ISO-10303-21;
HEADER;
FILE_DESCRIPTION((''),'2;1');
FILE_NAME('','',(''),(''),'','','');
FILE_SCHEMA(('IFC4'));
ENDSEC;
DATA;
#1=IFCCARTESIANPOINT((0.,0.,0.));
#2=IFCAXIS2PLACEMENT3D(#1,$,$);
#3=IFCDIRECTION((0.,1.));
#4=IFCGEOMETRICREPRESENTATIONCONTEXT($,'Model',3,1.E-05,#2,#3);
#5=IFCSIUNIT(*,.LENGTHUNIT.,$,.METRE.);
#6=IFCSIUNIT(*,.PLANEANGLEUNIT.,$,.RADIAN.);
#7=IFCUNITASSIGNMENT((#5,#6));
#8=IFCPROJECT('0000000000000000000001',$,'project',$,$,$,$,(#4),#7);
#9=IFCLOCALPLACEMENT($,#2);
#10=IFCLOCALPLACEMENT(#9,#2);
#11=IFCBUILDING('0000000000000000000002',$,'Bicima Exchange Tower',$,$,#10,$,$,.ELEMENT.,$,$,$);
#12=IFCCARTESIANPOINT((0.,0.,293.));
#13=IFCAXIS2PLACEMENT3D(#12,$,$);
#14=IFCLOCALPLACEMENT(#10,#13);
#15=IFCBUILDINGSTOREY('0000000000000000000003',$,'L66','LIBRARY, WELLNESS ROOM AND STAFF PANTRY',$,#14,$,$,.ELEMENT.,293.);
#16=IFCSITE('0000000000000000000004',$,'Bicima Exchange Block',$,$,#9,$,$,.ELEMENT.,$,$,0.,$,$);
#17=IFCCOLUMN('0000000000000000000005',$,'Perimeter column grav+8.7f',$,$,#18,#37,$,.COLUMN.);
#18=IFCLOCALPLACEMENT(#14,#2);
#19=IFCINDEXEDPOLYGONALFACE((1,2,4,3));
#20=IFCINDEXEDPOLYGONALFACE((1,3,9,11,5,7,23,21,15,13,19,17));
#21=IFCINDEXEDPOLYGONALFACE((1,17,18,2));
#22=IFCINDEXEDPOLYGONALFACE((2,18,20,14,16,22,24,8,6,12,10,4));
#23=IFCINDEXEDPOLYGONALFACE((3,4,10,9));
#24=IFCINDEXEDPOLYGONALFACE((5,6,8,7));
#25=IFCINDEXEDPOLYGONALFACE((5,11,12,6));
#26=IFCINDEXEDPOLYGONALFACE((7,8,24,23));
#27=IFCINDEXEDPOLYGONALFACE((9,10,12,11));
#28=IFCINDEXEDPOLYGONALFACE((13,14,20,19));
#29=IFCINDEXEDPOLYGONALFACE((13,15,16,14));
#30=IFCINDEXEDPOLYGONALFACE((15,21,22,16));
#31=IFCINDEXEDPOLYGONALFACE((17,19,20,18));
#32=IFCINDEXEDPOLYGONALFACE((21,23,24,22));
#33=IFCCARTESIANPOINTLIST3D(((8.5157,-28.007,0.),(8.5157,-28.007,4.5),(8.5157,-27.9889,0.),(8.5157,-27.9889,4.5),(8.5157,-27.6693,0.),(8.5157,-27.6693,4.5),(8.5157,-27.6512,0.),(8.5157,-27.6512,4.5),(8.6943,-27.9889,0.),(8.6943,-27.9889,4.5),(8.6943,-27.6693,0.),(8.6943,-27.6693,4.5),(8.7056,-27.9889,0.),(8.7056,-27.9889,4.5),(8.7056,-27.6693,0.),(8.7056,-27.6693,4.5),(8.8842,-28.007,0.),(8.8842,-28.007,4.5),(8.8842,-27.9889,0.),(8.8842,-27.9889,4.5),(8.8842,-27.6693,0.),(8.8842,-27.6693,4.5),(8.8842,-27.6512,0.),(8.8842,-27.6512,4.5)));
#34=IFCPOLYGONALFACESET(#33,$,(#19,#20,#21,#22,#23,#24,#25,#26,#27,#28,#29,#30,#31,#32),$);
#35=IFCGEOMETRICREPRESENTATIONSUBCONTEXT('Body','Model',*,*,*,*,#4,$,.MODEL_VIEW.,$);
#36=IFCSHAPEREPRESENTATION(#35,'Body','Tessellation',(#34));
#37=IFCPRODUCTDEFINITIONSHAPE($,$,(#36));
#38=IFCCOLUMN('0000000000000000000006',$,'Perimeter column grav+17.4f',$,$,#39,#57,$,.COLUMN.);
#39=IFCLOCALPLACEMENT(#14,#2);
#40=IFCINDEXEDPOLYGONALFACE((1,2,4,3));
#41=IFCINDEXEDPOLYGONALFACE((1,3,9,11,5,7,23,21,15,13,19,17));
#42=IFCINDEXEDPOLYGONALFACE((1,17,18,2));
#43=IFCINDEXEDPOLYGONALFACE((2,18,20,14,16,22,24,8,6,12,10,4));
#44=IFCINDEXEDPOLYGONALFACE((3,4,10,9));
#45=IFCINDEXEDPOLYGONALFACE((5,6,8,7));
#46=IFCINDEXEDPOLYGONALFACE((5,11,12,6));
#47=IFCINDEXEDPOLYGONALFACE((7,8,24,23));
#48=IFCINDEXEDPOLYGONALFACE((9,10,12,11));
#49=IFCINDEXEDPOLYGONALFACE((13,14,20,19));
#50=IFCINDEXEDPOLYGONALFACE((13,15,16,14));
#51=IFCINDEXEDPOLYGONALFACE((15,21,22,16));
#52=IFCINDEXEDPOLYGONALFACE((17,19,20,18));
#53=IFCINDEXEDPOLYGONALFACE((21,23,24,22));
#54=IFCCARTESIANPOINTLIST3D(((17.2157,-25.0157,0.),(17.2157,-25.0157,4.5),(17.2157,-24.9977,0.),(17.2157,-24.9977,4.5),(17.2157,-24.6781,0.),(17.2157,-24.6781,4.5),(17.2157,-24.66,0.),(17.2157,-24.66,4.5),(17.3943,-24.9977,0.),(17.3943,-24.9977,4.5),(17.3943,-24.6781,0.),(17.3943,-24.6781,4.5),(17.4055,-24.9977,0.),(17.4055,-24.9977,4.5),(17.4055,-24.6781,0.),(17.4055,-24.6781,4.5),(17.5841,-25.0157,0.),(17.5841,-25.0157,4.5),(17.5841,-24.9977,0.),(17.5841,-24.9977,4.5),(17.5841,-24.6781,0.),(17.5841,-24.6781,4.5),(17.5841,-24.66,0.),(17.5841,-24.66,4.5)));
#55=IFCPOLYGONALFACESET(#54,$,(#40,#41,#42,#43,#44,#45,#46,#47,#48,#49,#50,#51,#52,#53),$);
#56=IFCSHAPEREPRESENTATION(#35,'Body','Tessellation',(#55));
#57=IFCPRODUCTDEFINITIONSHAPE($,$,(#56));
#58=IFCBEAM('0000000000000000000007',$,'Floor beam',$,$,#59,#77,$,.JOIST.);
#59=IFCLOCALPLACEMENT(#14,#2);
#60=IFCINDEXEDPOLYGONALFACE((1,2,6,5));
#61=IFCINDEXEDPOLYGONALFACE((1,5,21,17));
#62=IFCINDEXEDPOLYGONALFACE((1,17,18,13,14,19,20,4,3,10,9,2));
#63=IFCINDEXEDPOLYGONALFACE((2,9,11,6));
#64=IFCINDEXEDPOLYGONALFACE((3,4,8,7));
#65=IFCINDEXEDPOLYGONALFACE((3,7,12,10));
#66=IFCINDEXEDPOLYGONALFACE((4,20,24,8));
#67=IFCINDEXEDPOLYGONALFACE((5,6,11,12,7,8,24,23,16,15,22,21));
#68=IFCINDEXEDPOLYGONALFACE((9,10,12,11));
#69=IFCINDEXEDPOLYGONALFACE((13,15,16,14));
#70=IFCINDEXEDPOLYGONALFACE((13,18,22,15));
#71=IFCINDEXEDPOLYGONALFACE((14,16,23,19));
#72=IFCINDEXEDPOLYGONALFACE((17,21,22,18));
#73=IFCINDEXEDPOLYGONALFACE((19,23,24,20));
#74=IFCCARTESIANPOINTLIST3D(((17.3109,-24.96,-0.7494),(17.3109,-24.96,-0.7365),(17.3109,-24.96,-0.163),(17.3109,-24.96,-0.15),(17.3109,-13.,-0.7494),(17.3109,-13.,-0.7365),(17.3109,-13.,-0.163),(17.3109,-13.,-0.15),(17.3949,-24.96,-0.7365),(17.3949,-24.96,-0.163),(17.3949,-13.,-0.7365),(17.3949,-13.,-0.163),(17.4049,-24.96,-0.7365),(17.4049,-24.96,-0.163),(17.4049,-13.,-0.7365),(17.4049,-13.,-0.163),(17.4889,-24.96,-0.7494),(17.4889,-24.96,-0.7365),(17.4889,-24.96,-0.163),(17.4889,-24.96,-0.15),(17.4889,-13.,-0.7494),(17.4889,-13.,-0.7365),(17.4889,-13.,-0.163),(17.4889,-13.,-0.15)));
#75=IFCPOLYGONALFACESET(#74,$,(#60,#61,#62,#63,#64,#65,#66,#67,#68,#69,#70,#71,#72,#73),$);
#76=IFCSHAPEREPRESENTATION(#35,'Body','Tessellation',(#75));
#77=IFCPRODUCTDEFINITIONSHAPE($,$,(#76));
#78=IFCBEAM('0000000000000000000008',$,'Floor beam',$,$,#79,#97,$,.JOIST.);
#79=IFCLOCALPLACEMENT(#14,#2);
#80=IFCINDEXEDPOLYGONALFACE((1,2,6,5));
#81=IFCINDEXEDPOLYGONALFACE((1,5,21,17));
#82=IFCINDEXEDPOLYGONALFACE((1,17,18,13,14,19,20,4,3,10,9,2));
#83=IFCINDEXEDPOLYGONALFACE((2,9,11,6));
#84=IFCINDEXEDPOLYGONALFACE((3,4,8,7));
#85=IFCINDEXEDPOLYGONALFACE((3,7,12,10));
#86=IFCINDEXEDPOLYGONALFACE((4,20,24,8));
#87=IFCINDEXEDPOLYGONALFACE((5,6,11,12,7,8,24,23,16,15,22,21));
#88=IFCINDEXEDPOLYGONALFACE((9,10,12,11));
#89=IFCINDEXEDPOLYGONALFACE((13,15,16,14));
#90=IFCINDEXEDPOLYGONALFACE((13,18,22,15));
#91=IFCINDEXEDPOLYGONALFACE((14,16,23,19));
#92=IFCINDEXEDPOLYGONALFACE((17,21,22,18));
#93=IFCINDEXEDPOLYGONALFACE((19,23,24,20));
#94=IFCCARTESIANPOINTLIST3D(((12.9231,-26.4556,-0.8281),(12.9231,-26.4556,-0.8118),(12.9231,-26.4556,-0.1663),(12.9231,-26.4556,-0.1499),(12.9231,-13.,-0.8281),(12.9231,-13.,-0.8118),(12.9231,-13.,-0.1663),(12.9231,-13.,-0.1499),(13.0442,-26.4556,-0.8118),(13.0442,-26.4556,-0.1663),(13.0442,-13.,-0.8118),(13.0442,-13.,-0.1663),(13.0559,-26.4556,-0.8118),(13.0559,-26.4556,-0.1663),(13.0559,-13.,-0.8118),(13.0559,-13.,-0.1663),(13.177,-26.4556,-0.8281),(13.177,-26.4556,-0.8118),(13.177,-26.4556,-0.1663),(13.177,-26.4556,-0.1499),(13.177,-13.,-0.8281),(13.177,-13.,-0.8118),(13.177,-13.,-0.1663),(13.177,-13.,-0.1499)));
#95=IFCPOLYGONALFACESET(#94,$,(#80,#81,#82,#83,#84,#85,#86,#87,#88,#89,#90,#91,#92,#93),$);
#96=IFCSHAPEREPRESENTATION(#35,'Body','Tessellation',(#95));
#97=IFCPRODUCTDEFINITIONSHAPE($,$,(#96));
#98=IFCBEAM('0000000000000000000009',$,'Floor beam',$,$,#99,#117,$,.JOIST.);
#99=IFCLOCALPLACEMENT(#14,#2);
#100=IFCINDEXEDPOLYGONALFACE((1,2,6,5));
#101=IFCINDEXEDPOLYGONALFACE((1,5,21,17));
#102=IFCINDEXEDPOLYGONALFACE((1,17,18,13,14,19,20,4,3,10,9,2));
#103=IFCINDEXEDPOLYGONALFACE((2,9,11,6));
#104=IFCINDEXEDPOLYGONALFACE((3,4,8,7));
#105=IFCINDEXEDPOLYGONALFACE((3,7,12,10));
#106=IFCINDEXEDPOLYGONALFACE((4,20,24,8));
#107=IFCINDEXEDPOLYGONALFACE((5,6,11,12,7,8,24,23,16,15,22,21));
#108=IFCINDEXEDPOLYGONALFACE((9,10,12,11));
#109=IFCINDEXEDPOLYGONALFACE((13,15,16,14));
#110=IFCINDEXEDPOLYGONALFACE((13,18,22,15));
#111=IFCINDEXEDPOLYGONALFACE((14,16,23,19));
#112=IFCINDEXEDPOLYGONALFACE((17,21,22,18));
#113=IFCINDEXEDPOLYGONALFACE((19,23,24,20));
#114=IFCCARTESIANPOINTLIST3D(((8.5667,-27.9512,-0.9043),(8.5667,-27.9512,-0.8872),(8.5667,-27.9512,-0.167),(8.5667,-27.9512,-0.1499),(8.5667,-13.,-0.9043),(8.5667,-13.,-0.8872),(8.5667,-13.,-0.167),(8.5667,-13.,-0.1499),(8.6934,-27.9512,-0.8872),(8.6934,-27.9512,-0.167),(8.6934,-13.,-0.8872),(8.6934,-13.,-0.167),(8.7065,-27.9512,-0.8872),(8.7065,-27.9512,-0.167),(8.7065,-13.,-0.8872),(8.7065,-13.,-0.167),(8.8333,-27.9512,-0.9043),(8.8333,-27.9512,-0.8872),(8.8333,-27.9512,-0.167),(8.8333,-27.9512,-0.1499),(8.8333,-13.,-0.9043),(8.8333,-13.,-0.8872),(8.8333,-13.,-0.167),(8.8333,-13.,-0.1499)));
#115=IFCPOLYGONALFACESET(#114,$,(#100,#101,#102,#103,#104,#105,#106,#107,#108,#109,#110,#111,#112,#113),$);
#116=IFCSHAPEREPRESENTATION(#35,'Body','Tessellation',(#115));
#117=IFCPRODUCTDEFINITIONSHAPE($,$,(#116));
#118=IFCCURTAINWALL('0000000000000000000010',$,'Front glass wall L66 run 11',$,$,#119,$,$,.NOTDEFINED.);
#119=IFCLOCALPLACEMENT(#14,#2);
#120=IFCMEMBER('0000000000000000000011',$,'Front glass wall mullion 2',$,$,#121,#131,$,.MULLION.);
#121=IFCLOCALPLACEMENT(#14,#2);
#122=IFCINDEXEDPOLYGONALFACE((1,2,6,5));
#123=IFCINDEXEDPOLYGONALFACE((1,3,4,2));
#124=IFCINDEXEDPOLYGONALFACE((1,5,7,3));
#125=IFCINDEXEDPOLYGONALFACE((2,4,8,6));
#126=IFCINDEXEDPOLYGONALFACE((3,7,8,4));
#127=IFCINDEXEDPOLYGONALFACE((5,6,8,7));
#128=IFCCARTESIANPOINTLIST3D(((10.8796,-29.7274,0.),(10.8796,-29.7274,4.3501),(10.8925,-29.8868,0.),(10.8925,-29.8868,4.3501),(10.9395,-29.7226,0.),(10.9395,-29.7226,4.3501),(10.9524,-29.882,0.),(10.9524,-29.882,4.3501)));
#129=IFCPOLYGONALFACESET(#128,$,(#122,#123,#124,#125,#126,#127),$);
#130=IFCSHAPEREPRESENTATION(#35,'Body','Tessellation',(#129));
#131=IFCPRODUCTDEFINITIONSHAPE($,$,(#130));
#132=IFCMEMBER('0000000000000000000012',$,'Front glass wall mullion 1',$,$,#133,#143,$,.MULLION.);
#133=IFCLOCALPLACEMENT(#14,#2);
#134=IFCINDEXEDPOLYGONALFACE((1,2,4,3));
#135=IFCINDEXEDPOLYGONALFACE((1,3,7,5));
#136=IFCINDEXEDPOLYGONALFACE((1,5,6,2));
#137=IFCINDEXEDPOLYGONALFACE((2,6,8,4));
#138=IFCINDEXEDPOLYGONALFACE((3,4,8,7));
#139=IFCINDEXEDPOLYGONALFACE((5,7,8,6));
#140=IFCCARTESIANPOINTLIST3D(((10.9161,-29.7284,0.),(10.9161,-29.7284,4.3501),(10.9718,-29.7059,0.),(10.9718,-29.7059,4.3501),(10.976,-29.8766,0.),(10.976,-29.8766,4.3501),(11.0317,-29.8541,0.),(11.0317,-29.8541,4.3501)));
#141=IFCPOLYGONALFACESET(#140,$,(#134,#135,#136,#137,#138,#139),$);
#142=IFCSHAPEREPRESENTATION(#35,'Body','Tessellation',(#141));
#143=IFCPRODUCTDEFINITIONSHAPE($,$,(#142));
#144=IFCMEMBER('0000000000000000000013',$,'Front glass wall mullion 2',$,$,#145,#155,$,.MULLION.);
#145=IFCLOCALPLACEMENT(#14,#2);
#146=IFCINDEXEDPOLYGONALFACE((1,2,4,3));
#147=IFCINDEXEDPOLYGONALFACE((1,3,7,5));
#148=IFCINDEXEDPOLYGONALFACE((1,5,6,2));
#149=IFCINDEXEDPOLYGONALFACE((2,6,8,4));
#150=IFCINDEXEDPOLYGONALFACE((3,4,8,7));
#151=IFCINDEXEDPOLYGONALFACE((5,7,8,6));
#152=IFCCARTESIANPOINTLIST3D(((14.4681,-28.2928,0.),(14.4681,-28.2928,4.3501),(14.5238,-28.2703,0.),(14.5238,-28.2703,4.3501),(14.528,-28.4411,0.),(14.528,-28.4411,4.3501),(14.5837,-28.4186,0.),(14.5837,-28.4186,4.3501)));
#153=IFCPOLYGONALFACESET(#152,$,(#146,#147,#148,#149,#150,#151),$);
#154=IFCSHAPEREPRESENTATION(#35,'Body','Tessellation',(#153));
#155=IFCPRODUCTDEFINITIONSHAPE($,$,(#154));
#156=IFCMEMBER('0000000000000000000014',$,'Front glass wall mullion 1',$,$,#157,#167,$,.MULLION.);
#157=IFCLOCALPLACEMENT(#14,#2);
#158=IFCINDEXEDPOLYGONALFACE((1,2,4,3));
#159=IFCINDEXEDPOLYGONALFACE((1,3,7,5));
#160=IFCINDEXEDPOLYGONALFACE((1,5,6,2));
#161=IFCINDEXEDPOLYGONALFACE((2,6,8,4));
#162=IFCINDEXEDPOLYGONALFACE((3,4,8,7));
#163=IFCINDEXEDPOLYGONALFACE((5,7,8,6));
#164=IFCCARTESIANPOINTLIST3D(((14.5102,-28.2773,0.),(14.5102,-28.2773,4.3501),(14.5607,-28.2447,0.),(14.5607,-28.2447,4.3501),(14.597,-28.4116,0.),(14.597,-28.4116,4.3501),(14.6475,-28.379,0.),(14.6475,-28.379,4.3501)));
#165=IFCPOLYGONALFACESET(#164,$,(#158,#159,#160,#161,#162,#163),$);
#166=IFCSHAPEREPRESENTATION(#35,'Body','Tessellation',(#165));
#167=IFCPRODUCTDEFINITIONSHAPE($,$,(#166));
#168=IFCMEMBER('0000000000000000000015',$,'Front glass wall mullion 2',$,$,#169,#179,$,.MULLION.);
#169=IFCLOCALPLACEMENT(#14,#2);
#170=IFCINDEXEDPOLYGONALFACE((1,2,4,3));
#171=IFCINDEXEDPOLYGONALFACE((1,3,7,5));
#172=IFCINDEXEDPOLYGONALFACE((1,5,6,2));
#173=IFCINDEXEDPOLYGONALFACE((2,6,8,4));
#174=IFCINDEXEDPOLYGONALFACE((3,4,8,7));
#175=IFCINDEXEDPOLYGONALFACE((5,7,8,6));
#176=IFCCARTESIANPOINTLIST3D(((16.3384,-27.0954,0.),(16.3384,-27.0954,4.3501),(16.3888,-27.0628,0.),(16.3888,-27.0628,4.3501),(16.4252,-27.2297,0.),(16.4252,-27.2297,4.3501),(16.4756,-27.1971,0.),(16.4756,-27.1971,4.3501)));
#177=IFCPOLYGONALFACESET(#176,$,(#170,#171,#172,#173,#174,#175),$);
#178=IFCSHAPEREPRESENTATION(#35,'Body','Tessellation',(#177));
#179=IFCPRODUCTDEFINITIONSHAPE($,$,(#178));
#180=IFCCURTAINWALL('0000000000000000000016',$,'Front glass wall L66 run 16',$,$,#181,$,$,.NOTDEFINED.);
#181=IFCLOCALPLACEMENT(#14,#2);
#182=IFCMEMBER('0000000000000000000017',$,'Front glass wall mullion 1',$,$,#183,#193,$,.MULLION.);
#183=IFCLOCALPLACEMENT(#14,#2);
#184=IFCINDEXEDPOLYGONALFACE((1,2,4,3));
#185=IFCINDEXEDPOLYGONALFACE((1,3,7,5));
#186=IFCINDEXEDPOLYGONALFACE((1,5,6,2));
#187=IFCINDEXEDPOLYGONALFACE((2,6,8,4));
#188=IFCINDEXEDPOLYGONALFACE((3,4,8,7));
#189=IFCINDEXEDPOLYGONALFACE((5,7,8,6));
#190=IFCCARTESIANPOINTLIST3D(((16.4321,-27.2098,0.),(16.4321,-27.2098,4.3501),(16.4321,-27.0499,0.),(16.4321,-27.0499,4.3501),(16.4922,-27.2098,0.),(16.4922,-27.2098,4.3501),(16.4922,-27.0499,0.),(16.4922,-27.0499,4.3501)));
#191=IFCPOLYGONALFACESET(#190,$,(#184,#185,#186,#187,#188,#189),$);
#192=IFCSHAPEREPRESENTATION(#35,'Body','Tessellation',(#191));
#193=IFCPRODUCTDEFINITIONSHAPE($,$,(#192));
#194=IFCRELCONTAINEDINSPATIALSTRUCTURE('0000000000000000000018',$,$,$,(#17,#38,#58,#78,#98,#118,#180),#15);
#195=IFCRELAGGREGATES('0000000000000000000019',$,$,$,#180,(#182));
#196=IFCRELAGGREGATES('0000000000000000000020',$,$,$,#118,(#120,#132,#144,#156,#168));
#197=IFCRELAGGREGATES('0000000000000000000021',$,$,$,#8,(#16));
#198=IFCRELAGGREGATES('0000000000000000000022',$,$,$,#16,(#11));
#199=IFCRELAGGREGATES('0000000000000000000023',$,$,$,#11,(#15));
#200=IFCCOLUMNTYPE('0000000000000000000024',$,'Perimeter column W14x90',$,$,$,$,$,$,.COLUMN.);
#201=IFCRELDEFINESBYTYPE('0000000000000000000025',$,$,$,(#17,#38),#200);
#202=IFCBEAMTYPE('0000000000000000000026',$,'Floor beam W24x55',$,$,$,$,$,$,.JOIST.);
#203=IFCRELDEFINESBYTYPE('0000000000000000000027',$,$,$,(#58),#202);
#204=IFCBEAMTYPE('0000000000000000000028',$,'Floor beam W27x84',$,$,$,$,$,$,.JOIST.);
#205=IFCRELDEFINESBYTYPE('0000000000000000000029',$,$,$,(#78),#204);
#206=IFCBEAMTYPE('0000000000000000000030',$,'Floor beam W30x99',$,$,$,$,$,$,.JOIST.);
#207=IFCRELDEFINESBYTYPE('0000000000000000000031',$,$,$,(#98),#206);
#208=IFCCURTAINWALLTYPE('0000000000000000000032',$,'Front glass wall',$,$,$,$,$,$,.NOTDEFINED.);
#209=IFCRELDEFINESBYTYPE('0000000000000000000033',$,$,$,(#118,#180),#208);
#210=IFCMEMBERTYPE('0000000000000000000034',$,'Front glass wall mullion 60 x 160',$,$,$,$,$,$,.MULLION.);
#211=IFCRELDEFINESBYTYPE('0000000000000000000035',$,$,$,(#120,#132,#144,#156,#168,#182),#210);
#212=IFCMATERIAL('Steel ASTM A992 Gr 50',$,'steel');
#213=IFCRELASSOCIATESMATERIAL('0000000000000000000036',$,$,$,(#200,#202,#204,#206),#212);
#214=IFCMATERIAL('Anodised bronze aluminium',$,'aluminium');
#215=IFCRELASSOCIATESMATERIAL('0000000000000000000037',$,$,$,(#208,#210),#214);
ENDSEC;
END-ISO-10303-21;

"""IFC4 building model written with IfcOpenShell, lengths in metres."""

from ifc_helpers import new_model, si_unit, direction, frame, origin, origin_2d, place, context, subcontext, project, spatial, rectangle, i_section, extrude, material, material_profile, profile_set, type_object, element, aggregate, save


model = new_model("IFC4")

# Units and contexts
model_context = context("Model", 3, precision=1e-05, world=origin(), true_north=direction((0.0, 1.0)))
body_context = subcontext(model_context, "Body", "Model", "MODEL_VIEW")
ifc_project = project(units=[si_unit("LENGTHUNIT", "METRE"), si_unit("PLANEANGLEUNIT", "RADIAN")], contexts=[model_context])

# Site, building, storey
site_placement = place(None, origin())
site = spatial("IfcSite", under=ifc_project, at=site_placement, Name="Bicima Exchange Block", CompositionType="ELEMENT", RefElevation=0.0)
building_placement = place(site_placement, origin())
building = spatial("IfcBuilding", under=site, at=building_placement, Name="Bicima Exchange Tower", CompositionType="ELEMENT")
storey_placement = place(building_placement, frame((0.0, 0.0, 293.0)))
storey = spatial("IfcBuildingStorey", under=building, at=storey_placement, Name="L66", Description="LIBRARY, WELLNESS ROOM AND STAFF PANTRY", CompositionType="ELEMENT", Elevation=293.0)

# Columns
ifc_material_1 = material(Name="Steel ASTM A992 Gr 50", Category="steel")
ifc_material_profile_1 = material_profile(ifc_material_1, i_section(OverallWidth=0.3684, OverallDepth=0.3557, WebThickness=0.0112, FlangeThickness=0.0181, at=origin_2d()))
ifc_profile_set_1 = profile_set([ifc_material_profile_1], Name="Steel ASTM A992 Gr 50")
column_type = type_object("IfcColumnType", Name="Perimeter column W14x90", PredefinedType="COLUMN", material=ifc_profile_set_1)
for number, where, z_axis, x_axis, name in (
    (1, (8.7, -27.8291, 0.0), (0.0, 0.0, 1.0), (1.0, 0.0, 0.0), "Perimeter column grav+8.7f"),
    (2, (17.3999, -24.8379, 0.0), (0.0, 0.0, 1.0), (1.0, 0.0, 0.0), "Perimeter column grav+17.4f"),
):
    element("IfcColumn", number, at=place(storey_placement, frame(where, z_axis=z_axis, x_axis=x_axis)), inside=storey, type_object=column_type, Name=name, PredefinedType="COLUMN", context=body_context, shape_type="SweptSolid", body=[
        extrude(i_section(OverallWidth=0.3684, OverallDepth=0.3557, WebThickness=0.0112, FlangeThickness=0.0181, at=origin_2d()), origin(), (0.0, 0.0, 1.0), 4.5),
    ])

# Beams
ifc_material_profile_2 = material_profile(ifc_material_1, i_section(OverallWidth=0.178, OverallDepth=0.5994, WebThickness=0.01, FlangeThickness=0.0129, at=origin_2d()))
ifc_profile_set_2 = profile_set([ifc_material_profile_2], Name="Steel ASTM A992 Gr 50")
beam_type_1 = type_object("IfcBeamType", Name="Floor beam W24x55", PredefinedType="JOIST", material=ifc_profile_set_2)
beam_1_placement = place(storey_placement, frame((17.3999, -13.0, -0.4497), z_axis=(0.0, -1.0, 0.0), x_axis=(1.0, 0.0, 0.0)))
element("IfcBeam", 3, at=beam_1_placement, inside=storey, type_object=beam_type_1, Name="Floor beam", PredefinedType="JOIST", context=body_context, shape_type="SweptSolid", body=[
    extrude(i_section(OverallWidth=0.178, OverallDepth=0.5994, WebThickness=0.01, FlangeThickness=0.0129, at=origin_2d()), origin(), (0.0, 0.0, 1.0), 11.96),
])
ifc_material_profile_3 = material_profile(ifc_material_1, i_section(OverallWidth=0.2539, OverallDepth=0.6782, WebThickness=0.0117, FlangeThickness=0.0164, at=origin_2d()))
ifc_profile_set_3 = profile_set([ifc_material_profile_3], Name="Steel ASTM A992 Gr 50")
beam_type_2 = type_object("IfcBeamType", Name="Floor beam W27x84", PredefinedType="JOIST", material=ifc_profile_set_3)
beam_2_placement = place(storey_placement, frame((13.05, -13.0, -0.489), z_axis=(0.0, -1.0, 0.0), x_axis=(1.0, 0.0, 0.0)))
element("IfcBeam", 4, at=beam_2_placement, inside=storey, type_object=beam_type_2, Name="Floor beam", PredefinedType="JOIST", context=body_context, shape_type="SweptSolid", body=[
    extrude(i_section(OverallWidth=0.2539, OverallDepth=0.6782, WebThickness=0.0117, FlangeThickness=0.0164, at=origin_2d()), origin(), (0.0, 0.0, 1.0), 13.4556),
])
ifc_material_profile_4 = material_profile(ifc_material_1, i_section(OverallWidth=0.2666, OverallDepth=0.7544, WebThickness=0.0132, FlangeThickness=0.0171, at=origin_2d()))
ifc_profile_set_4 = profile_set([ifc_material_profile_4], Name="Steel ASTM A992 Gr 50")
beam_type_3 = type_object("IfcBeamType", Name="Floor beam W30x99", PredefinedType="JOIST", material=ifc_profile_set_4)
beam_3_placement = place(storey_placement, frame((8.7, -13.0, -0.5271), z_axis=(0.0, -1.0, 0.0), x_axis=(1.0, 0.0, 0.0)))
element("IfcBeam", 5, at=beam_3_placement, inside=storey, type_object=beam_type_3, Name="Floor beam", PredefinedType="JOIST", context=body_context, shape_type="SweptSolid", body=[
    extrude(i_section(OverallWidth=0.2666, OverallDepth=0.7544, WebThickness=0.0132, FlangeThickness=0.0171, at=origin_2d()), origin(), (0.0, 0.0, 1.0), 14.9512),
])

# Curtain wall, members
ifc_material_2 = material(Name="Anodised bronze aluminium", Category="aluminium")
curtain_wall_type = type_object("IfcCurtainWallType", Name="Front glass wall", PredefinedType="NOTDEFINED", material=ifc_material_2)
curtain_wall_1_placement = place(storey_placement, origin())
curtain_wall_1 = element("IfcCurtainWall", 6, at=curtain_wall_1_placement, inside=storey, type_object=curtain_wall_type, Name="Front glass wall L66 run 11", PredefinedType="NOTDEFINED")
ifc_material_profile_5 = material_profile(ifc_material_2, rectangle(XDim=0.1599, YDim=0.0601, at=origin_2d()))
ifc_profile_set_5 = profile_set([ifc_material_profile_5], Name="Anodised bronze aluminium")
member_type_1 = type_object("IfcMemberType", Name="Front glass wall mullion 60 x 160", PredefinedType="MULLION", material=ifc_profile_set_5)
member_1_placement = place(storey_placement, frame((10.916, -29.8047, 0.0), z_axis=(0.0, 0.0, 1.0), x_axis=(-0.080589, 0.996747, 0.0)))
member_1 = element("IfcMember", 7, at=member_1_placement, type_object=member_type_1, Name="Front glass wall mullion 2", PredefinedType="MULLION", context=body_context, shape_type="SweptSolid", body=[
    extrude(rectangle(XDim=0.1599, YDim=0.0601, at=origin_2d()), origin(), (0.0, 0.0, 1.0), 4.3501),
])
member_2_placement = place(storey_placement, frame((10.9739, -29.7913, 0.0), z_axis=(0.0, 0.0, 1.0), x_axis=(-0.374705, 0.927144, 0.0)))
member_2 = element("IfcMember", 8, at=member_2_placement, type_object=member_type_1, Name="Front glass wall mullion 1", PredefinedType="MULLION", context=body_context, shape_type="SweptSolid", body=[
    extrude(rectangle(XDim=0.1599, YDim=0.0601, at=origin_2d()), origin(), (0.0, 0.0, 1.0), 4.3501),
])
member_3_placement = place(storey_placement, frame((14.5259, -28.3557, 0.0), z_axis=(0.0, 0.0, 1.0), x_axis=(-0.374705, 0.927144, 0.0)))
member_3 = element("IfcMember", 9, at=member_3_placement, type_object=member_type_1, Name="Front glass wall mullion 2", PredefinedType="MULLION", context=body_context, shape_type="SweptSolid", body=[
    extrude(rectangle(XDim=0.1599, YDim=0.0601, at=origin_2d()), origin(), (0.0, 0.0, 1.0), 4.3501),
])
member_4_placement = place(storey_placement, frame((14.5789, -28.3281, 0.0), z_axis=(0.0, 0.0, 1.0), x_axis=(-0.542909, 0.839791, 0.0)))
member_4 = element("IfcMember", 10, at=member_4_placement, type_object=member_type_1, Name="Front glass wall mullion 1", PredefinedType="MULLION", context=body_context, shape_type="SweptSolid", body=[
    extrude(rectangle(XDim=0.1599, YDim=0.0601, at=origin_2d()), origin(), (0.0, 0.0, 1.0), 4.3501),
])
member_5_placement = place(storey_placement, frame((16.407, -27.1462, 0.0), z_axis=(0.0, 0.0, 1.0), x_axis=(-0.542909, 0.839791, 0.0)))
member_5 = element("IfcMember", 11, at=member_5_placement, type_object=member_type_1, Name="Front glass wall mullion 2", PredefinedType="MULLION", context=body_context, shape_type="SweptSolid", body=[
    extrude(rectangle(XDim=0.1599, YDim=0.0601, at=origin_2d()), origin(), (0.0, 0.0, 1.0), 4.3501),
])

# Curtain wall, member
curtain_wall_2_placement = place(storey_placement, origin())
curtain_wall_2 = element("IfcCurtainWall", 12, at=curtain_wall_2_placement, inside=storey, type_object=curtain_wall_type, Name="Front glass wall L66 run 16", PredefinedType="NOTDEFINED")
member_6_placement = place(storey_placement, frame((16.4622, -27.1299, 0.0), z_axis=(0.0, 0.0, 1.0), x_axis=(0.0, 1.0, 0.0)))
member_6 = element("IfcMember", 13, at=member_6_placement, type_object=member_type_1, Name="Front glass wall mullion 1", PredefinedType="MULLION", context=body_context, shape_type="SweptSolid", body=[
    extrude(rectangle(XDim=0.1599, YDim=0.0601, at=origin_2d()), origin(), (0.0, 0.0, 1.0), 4.3501),
])

aggregate(curtain_wall_2, [member_6])

aggregate(curtain_wall_1, [member_1, member_2, member_3, member_4, member_5])

save(model, "model.ifc")
